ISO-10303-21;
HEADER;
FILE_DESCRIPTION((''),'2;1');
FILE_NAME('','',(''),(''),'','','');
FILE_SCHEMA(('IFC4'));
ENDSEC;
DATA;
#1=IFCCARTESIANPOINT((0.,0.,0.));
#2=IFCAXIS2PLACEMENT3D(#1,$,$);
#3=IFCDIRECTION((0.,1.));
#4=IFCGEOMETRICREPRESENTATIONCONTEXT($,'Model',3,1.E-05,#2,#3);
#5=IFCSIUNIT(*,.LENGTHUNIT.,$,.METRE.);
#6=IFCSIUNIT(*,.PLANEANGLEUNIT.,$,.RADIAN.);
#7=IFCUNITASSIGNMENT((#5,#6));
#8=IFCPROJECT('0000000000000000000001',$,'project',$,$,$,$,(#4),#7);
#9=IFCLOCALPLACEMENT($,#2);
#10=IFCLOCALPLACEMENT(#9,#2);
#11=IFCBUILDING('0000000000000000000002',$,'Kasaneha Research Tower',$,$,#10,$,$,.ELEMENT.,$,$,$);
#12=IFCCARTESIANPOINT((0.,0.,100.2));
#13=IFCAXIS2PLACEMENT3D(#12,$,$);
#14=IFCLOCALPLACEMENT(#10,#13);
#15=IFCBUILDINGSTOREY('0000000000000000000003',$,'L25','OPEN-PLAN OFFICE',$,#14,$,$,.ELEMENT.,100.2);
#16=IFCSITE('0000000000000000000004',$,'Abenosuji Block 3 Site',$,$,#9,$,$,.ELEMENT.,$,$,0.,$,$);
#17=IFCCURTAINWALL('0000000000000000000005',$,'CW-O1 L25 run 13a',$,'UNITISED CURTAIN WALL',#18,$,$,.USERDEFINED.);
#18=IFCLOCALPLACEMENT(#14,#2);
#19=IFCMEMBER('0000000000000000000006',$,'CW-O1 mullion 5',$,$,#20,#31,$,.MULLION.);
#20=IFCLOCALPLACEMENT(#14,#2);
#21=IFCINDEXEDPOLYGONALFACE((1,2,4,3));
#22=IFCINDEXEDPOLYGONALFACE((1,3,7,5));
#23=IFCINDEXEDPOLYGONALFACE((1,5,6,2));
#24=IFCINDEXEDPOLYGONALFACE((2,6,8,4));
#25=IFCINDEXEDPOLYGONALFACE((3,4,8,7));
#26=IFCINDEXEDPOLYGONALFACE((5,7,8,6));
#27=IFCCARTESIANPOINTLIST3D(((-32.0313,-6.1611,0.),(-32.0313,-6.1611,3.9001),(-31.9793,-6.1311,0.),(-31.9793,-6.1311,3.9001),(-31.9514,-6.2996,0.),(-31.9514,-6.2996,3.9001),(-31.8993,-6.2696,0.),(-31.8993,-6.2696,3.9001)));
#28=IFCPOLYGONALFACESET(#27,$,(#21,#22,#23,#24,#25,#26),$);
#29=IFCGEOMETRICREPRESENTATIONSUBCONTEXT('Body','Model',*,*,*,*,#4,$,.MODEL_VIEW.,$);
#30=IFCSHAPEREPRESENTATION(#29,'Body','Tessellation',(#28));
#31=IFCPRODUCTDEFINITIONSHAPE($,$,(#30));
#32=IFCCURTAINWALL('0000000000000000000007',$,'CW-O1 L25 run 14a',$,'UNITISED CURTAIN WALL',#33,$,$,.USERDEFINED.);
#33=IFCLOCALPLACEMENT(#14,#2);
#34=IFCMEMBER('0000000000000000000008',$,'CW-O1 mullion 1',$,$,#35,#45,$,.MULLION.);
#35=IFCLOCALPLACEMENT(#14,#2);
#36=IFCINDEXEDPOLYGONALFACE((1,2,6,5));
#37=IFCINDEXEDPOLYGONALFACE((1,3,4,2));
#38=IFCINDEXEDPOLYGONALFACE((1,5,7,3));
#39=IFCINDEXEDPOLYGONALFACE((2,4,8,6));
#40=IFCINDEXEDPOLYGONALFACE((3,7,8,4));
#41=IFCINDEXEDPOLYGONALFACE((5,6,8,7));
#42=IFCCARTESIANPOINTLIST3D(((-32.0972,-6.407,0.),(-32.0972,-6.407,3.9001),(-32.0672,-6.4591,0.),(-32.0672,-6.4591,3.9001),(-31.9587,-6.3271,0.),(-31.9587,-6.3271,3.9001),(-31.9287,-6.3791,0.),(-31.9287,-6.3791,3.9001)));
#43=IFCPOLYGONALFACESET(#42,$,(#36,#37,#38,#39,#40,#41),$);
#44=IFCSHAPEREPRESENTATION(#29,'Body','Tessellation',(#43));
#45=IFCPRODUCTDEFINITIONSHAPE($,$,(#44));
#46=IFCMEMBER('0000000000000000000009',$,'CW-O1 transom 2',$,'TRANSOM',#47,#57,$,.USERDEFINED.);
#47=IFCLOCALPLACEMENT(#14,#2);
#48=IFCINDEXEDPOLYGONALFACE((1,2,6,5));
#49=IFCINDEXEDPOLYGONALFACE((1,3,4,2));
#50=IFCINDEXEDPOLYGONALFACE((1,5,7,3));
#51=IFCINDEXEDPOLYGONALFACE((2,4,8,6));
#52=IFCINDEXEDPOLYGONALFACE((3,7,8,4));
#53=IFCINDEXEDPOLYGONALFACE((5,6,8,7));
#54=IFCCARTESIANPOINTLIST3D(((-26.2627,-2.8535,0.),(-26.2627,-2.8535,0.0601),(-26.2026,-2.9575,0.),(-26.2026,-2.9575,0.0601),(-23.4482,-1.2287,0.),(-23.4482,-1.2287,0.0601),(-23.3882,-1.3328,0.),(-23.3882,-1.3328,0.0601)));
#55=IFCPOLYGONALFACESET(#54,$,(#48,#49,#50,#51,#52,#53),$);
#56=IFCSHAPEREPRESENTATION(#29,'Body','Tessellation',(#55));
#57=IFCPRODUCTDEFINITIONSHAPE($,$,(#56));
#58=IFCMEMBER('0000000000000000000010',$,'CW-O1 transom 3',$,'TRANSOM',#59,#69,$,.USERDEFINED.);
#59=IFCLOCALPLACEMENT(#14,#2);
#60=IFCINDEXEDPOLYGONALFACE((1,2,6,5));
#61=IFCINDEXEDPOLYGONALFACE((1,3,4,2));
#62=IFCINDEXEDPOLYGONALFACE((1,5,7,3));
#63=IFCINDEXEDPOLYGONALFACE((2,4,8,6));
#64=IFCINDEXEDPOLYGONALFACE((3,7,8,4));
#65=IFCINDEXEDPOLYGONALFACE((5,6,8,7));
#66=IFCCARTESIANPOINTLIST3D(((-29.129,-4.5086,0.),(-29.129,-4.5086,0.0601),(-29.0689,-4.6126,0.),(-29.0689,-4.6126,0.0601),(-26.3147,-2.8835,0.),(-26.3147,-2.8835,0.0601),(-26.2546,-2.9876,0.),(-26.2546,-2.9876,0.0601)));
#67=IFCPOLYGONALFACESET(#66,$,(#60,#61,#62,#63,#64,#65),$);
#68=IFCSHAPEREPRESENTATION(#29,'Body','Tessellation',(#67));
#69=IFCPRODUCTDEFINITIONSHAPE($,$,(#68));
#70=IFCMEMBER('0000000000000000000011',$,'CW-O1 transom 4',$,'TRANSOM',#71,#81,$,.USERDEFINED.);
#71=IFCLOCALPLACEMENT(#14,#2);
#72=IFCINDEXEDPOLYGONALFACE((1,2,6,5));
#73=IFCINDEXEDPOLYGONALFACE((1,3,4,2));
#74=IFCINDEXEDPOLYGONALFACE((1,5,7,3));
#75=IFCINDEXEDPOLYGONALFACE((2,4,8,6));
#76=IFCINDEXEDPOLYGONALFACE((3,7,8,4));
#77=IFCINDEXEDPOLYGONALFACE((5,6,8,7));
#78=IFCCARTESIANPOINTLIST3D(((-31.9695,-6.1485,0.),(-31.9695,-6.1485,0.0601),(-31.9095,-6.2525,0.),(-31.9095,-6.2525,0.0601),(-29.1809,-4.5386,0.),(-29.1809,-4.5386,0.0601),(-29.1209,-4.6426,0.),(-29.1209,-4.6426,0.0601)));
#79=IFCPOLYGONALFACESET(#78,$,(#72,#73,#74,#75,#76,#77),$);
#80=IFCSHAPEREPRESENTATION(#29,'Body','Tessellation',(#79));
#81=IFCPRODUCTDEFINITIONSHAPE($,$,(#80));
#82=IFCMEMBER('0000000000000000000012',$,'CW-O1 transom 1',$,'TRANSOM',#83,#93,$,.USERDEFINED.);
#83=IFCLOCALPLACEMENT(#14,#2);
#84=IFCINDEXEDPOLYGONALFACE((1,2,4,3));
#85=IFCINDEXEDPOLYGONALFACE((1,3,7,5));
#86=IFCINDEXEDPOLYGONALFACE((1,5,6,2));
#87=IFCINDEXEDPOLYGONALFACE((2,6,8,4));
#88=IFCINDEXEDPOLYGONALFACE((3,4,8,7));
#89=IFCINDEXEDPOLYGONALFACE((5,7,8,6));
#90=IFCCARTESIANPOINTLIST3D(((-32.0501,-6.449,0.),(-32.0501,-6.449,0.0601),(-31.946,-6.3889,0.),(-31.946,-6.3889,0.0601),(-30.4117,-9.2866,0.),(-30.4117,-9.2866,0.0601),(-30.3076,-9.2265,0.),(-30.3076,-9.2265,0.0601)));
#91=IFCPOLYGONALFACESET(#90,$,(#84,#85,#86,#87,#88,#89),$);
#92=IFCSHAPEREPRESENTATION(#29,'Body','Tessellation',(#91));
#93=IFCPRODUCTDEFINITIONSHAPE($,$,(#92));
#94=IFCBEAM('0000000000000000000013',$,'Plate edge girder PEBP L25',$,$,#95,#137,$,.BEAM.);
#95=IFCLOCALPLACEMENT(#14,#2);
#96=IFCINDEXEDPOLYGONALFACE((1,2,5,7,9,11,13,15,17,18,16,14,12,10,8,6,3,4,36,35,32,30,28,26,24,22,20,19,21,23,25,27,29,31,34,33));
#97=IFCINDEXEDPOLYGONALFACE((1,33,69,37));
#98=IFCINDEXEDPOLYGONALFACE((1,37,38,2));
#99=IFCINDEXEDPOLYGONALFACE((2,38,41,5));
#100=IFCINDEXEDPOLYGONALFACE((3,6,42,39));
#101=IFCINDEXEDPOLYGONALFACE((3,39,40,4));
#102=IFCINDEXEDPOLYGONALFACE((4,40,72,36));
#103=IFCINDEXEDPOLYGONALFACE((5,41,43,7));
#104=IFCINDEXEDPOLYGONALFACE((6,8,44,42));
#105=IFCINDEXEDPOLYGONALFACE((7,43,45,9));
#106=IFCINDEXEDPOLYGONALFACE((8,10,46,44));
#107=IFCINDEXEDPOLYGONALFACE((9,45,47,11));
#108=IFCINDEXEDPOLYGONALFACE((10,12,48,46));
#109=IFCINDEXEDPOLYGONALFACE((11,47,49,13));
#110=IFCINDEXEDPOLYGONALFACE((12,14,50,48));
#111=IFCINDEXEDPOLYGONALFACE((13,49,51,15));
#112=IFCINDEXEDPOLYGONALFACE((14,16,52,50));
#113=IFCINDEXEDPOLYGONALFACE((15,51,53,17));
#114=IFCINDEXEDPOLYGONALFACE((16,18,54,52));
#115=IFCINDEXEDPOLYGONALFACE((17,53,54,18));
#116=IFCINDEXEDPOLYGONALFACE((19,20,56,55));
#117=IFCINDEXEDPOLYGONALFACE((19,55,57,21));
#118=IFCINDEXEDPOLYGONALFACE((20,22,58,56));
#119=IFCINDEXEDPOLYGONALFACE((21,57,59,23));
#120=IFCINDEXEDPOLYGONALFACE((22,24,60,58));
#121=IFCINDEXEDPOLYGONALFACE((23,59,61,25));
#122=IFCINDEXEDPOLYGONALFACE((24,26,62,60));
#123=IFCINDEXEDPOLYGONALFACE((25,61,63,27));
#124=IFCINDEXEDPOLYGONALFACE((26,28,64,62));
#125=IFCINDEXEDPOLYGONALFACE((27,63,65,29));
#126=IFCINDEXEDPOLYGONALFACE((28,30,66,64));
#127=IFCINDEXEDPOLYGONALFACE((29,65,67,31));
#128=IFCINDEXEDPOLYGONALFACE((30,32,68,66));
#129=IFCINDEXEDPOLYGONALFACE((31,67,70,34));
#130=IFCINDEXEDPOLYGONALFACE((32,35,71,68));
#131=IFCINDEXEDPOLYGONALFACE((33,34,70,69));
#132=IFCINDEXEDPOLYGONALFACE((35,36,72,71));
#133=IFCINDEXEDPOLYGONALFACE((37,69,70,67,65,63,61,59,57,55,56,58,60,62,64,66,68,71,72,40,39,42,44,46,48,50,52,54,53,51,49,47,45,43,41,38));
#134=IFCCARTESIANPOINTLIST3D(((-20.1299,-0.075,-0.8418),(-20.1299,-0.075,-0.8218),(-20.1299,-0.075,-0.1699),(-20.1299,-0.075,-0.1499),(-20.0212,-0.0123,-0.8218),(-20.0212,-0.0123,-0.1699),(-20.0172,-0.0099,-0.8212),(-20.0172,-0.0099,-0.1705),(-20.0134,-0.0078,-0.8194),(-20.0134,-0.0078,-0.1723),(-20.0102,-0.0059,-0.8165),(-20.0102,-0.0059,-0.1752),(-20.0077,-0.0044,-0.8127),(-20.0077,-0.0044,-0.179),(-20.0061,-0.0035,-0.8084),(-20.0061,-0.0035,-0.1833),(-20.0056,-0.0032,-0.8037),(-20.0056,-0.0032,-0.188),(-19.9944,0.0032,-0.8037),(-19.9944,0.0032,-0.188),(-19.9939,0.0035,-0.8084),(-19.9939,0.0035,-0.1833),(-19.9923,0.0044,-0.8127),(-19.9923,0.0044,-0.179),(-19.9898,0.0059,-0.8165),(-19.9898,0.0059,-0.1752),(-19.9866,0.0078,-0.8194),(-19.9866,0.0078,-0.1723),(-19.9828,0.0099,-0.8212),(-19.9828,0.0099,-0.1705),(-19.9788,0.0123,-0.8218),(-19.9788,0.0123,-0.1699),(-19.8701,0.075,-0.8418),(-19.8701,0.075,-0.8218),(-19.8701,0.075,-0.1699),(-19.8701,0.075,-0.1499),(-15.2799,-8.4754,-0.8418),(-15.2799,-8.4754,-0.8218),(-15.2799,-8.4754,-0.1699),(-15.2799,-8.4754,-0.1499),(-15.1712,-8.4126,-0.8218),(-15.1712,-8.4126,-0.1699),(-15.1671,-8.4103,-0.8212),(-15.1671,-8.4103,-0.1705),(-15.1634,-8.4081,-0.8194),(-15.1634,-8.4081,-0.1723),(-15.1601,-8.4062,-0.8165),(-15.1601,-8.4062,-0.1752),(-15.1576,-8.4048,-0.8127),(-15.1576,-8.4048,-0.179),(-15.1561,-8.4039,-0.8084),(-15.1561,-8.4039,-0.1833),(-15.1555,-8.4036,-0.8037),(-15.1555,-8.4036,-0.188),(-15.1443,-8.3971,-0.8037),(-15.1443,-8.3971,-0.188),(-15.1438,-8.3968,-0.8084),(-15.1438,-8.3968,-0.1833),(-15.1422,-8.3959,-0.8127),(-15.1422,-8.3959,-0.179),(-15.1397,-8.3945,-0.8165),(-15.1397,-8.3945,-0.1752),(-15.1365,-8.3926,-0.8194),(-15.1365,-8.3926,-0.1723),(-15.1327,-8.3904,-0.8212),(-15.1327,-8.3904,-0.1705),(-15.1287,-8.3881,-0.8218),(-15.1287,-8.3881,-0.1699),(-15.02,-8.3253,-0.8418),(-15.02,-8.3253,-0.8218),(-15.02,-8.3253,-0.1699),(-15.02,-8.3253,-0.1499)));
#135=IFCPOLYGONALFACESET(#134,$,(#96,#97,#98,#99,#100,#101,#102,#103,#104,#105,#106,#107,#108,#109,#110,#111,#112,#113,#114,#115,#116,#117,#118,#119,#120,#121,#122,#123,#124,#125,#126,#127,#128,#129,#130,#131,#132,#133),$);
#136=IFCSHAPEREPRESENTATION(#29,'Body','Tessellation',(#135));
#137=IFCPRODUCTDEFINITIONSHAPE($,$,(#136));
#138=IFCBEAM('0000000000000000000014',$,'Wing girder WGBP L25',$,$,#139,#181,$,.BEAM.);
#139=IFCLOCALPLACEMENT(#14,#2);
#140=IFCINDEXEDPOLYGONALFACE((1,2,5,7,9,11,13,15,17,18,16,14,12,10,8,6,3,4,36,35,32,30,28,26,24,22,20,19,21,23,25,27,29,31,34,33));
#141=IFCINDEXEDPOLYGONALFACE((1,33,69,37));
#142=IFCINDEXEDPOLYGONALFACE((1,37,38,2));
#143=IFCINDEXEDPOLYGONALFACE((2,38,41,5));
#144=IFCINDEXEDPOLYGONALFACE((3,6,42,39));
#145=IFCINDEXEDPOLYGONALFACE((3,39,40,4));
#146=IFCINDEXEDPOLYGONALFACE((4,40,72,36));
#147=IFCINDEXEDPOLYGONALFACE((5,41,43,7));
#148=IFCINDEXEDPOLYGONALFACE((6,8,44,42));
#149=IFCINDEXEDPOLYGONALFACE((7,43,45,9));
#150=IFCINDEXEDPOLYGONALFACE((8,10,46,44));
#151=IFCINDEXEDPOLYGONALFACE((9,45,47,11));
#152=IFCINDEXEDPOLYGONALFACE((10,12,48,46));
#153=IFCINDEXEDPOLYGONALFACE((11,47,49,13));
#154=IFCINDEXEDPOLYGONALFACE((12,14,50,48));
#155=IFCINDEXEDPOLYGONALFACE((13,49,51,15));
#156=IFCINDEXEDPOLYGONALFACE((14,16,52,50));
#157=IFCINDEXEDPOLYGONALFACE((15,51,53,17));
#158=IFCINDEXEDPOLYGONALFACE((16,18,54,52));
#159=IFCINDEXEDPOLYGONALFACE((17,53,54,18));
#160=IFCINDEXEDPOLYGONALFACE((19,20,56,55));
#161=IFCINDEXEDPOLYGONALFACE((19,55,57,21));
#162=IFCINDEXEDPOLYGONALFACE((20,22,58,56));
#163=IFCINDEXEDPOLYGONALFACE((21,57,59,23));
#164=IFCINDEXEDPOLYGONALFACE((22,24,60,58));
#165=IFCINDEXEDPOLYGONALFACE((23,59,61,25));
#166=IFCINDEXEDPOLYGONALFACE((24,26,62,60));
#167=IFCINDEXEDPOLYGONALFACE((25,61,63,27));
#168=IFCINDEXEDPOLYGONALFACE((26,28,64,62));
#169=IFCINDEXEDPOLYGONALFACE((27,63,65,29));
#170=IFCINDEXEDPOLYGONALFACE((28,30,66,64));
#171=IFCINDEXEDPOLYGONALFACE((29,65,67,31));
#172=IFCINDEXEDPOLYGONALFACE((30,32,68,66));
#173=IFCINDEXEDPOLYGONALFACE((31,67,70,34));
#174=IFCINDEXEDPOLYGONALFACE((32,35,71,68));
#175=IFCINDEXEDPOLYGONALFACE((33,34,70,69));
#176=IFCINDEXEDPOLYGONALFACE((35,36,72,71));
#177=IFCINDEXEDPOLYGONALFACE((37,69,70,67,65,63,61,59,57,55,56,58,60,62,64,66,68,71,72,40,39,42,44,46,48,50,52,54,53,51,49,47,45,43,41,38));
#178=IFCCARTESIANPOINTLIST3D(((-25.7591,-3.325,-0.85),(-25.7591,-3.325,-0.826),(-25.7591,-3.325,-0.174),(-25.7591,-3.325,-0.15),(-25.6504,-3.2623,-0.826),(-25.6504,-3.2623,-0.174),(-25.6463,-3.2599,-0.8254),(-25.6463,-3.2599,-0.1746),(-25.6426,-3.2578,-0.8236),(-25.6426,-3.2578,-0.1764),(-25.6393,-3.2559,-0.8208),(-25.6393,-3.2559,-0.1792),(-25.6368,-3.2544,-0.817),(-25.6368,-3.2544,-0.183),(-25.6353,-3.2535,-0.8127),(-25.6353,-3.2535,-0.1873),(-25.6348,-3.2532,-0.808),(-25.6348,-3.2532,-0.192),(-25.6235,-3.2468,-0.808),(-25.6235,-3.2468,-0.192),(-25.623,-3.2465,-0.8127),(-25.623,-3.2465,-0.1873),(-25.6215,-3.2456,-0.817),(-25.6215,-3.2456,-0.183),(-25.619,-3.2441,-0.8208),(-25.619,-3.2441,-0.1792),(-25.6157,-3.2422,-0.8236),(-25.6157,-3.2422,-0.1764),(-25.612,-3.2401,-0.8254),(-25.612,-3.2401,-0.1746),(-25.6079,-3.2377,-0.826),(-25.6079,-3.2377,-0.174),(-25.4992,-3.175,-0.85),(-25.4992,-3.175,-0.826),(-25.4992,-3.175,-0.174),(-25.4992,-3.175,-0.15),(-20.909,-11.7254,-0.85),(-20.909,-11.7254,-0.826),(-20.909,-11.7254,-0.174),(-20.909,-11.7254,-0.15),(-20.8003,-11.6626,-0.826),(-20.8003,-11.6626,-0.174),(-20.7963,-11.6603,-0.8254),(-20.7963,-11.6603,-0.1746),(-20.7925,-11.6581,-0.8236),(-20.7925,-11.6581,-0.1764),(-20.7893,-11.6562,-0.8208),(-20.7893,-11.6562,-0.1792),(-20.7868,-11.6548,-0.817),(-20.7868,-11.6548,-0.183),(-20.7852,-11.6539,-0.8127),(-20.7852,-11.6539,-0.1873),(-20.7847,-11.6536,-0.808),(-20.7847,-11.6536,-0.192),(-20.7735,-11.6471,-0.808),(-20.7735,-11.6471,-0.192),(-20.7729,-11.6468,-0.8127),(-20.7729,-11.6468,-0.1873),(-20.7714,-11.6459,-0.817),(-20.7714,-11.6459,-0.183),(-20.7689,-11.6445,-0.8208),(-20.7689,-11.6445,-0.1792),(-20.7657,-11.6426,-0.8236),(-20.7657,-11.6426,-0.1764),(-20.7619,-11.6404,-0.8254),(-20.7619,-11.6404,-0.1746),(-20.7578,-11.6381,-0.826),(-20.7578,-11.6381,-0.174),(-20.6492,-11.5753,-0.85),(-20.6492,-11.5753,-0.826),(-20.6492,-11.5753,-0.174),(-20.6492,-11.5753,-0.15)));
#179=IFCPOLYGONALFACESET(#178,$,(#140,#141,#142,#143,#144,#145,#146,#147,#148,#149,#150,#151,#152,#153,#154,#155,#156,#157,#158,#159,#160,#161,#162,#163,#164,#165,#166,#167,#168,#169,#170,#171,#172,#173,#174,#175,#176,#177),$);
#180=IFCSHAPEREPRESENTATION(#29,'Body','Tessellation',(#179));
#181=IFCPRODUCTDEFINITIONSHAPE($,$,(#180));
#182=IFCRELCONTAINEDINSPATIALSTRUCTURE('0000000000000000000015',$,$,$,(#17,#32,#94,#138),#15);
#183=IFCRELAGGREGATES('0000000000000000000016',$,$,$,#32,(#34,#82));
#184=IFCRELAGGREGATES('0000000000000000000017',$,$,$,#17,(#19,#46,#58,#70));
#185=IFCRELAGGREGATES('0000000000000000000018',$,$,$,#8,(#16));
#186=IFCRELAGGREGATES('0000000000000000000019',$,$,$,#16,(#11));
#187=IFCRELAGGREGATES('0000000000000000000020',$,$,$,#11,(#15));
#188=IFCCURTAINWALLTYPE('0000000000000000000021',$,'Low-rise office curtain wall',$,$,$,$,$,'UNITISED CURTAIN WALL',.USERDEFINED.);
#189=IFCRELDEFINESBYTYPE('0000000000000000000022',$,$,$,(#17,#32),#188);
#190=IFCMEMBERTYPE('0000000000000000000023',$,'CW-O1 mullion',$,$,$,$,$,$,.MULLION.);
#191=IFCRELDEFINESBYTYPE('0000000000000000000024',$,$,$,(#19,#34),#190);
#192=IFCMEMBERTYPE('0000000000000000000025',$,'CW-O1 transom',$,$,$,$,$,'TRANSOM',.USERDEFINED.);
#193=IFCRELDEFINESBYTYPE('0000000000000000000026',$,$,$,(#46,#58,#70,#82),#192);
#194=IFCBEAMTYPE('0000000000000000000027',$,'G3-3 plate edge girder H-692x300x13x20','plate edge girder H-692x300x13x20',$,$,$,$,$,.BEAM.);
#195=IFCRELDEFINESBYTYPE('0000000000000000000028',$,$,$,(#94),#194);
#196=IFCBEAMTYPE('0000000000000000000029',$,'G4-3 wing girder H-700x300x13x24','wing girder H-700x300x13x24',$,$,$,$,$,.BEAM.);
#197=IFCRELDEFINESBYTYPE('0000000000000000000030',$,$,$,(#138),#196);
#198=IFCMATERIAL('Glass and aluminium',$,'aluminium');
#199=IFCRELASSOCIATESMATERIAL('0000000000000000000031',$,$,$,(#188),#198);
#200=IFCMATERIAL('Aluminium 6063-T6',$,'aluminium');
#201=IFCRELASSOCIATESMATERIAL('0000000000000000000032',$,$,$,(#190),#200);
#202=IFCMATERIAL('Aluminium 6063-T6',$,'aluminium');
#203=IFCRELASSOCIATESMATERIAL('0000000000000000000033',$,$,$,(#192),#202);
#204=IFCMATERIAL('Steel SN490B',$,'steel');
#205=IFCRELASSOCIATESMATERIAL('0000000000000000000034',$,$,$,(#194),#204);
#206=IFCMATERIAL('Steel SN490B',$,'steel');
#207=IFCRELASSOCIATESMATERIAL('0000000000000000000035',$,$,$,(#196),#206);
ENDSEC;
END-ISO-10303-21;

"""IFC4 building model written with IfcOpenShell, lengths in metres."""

from ifc_helpers import new_model, si_unit, direction, frame, origin, origin_2d, place, context, subcontext, project, spatial, rectangle, i_section, extrude, material, material_profile, profile_set, type_object, element, aggregate, save


model = new_model("IFC4")

# Units and contexts
model_context = context("Model", 3, precision=1e-05, world=origin(), true_north=direction((0.0, 1.0)))
body_context = subcontext(model_context, "Body", "Model", "MODEL_VIEW")
ifc_project = project(units=[si_unit("LENGTHUNIT", "METRE"), si_unit("PLANEANGLEUNIT", "RADIAN")], contexts=[model_context])

# Site, building, storey
site_placement = place(None, origin())
site = spatial("IfcSite", under=ifc_project, at=site_placement, Name="Abenosuji Block 3 Site", CompositionType="ELEMENT", RefElevation=0.0)
building_placement = place(site_placement, origin())
building = spatial("IfcBuilding", under=site, at=building_placement, Name="Kasaneha Research Tower", CompositionType="ELEMENT")
storey_placement = place(building_placement, frame((0.0, 0.0, 100.2)))
storey = spatial("IfcBuildingStorey", under=building, at=storey_placement, Name="L25", Description="OPEN-PLAN OFFICE", CompositionType="ELEMENT", Elevation=100.2)

# Curtain wall, member
ifc_material_1 = material(Name="Glass and aluminium", Category="aluminium")
curtain_wall_type = type_object("IfcCurtainWallType", Name="Low-rise office curtain wall", ElementType="UNITISED CURTAIN WALL", PredefinedType="USERDEFINED", material=ifc_material_1)
curtain_wall_1_placement = place(storey_placement, origin())
curtain_wall_1 = element("IfcCurtainWall", 1, at=curtain_wall_1_placement, inside=storey, type_object=curtain_wall_type, Name="CW-O1 L25 run 13a", ObjectType="UNITISED CURTAIN WALL", PredefinedType="USERDEFINED")
ifc_material_2 = material(Name="Aluminium 6063-T6", Category="aluminium")
ifc_material_profile_1 = material_profile(ifc_material_2, rectangle(XDim=0.0601, YDim=0.1599, at=origin_2d()), Name="CW-O1 mullion 60x160")
ifc_profile_set_1 = profile_set([ifc_material_profile_1], Name="Aluminium 6063-T6")
member_type_1 = type_object("IfcMemberType", Name="CW-O1 mullion", PredefinedType="MULLION", material=ifc_profile_set_1)
member_1_placement = place(storey_placement, frame((-31.9653, -6.2153, 0.0), z_axis=(0.0, 0.0, 1.0), x_axis=(-0.866025, -0.5, 0.0)))
member_1 = element("IfcMember", 2, at=member_1_placement, type_object=member_type_1, Name="CW-O1 mullion 5", PredefinedType="MULLION", context=body_context, shape_type="SweptSolid", body=[
    extrude(rectangle(XDim=0.0601, YDim=0.1599, at=origin_2d()), origin(), (0.0, 0.0, 1.0), 3.9001),
])

# Curtain wall, member
curtain_wall_2_placement = place(storey_placement, origin())
curtain_wall_2 = element("IfcCurtainWall", 3, at=curtain_wall_2_placement, inside=storey, type_object=curtain_wall_type, Name="CW-O1 L25 run 14a", ObjectType="UNITISED CURTAIN WALL", PredefinedType="USERDEFINED")
member_2_placement = place(storey_placement, frame((-32.0129, -6.3931, 0.0), z_axis=(0.0, 0.0, 1.0), x_axis=(0.5, -0.866025, 0.0)))
member_2 = element("IfcMember", 4, at=member_2_placement, type_object=member_type_1, Name="CW-O1 mullion 1", PredefinedType="MULLION", context=body_context, shape_type="SweptSolid", body=[
    extrude(rectangle(XDim=0.0601, YDim=0.1599, at=origin_2d()), origin(), (0.0, 0.0, 1.0), 3.9001),
])

# Members
ifc_material_3 = material(Name="Aluminium 6063-T6", Category="aluminium")
ifc_material_profile_2 = material_profile(ifc_material_3, rectangle(XDim=0.1201, YDim=0.0601, at=origin_2d()), Name="CW-O1 transom 120x60")
ifc_profile_set_2 = profile_set([ifc_material_profile_2], Name="Aluminium 6063-T6")
member_type_2 = type_object("IfcMemberType", Name="CW-O1 transom", ElementType="TRANSOM", PredefinedType="USERDEFINED", material=ifc_profile_set_2)
member_3_placement = place(storey_placement, frame((-23.4182, -1.2808, 0.03), z_axis=(-0.866048, -0.499961, 0.0), x_axis=(0.499961, -0.866048, 0.0)))
member_3 = element("IfcMember", 5, at=member_3_placement, type_object=member_type_2, Name="CW-O1 transom 2", ObjectType="TRANSOM", PredefinedType="USERDEFINED", context=body_context, shape_type="SweptSolid", body=[
    extrude(rectangle(XDim=0.1201, YDim=0.0601, at=origin_2d()), origin(), (0.0, 0.0, 1.0), 3.2498),
])
member_4_placement = place(storey_placement, frame((-26.2847, -2.9355, 0.03), z_axis=(-0.865997, -0.50005, 0.0), x_axis=(0.50005, -0.865997, 0.0)))
member_4 = element("IfcMember", 6, at=member_4_placement, type_object=member_type_2, Name="CW-O1 transom 3", ObjectType="TRANSOM", PredefinedType="USERDEFINED", context=body_context, shape_type="SweptSolid", body=[
    extrude(rectangle(XDim=0.1201, YDim=0.0601, at=origin_2d()), origin(), (0.0, 0.0, 1.0), 3.2498),
])
member_5_placement = place(storey_placement, frame((-29.1509, -4.5906, 0.03), z_axis=(-0.866042, -0.499972, 0.0), x_axis=(0.499972, -0.866042, 0.0)))
member_5 = element("IfcMember", 7, at=member_5_placement, type_object=member_type_2, Name="CW-O1 transom 4", ObjectType="TRANSOM", PredefinedType="USERDEFINED", context=body_context, shape_type="SweptSolid", body=[
    extrude(rectangle(XDim=0.1201, YDim=0.0601, at=origin_2d()), origin(), (0.0, 0.0, 1.0), 3.22),
])
member_6_placement = place(storey_placement, frame((-31.998, -6.4189, 0.03), z_axis=(0.500026, -0.866011, 0.0), x_axis=(0.866011, 0.500026, 0.0)))
member_6 = element("IfcMember", 8, at=member_6_placement, type_object=member_type_2, Name="CW-O1 transom 1", ObjectType="TRANSOM", PredefinedType="USERDEFINED", context=body_context, shape_type="SweptSolid", body=[
    extrude(rectangle(XDim=0.1201, YDim=0.0601, at=origin_2d()), origin(), (0.0, 0.0, 1.0), 3.2766),
])
aggregate(curtain_wall_2, [member_2, member_6])

# Beams
ifc_material_4 = material(Name="Steel SN490B", Category="steel")
ifc_material_profile_3 = material_profile(ifc_material_4, i_section(OverallWidth=0.3, OverallDepth=0.6919, WebThickness=0.0129, FlangeThickness=0.02, FilletRadius=0.0181, at=origin_2d()), Name="H-692x300x13x20")
ifc_profile_set_3 = profile_set([ifc_material_profile_3], Name="Steel SN490B")
beam_type_1 = type_object("IfcBeamType", Name="G3-3 plate edge girder H-692x300x13x20", Description="plate edge girder H-692x300x13x20", PredefinedType="BEAM", material=ifc_profile_set_3)
beam_1_placement = place(storey_placement, frame((-20.0, 0.0, -0.4958), z_axis=(0.50001, -0.86602, 0.0), x_axis=(0.86602, 0.50001, 0.0)))
element("IfcBeam", 9, at=beam_1_placement, inside=storey, type_object=beam_type_1, Name="Plate edge girder PEBP L25", PredefinedType="BEAM", context=body_context, shape_type="SweptSolid", body=[
    extrude(i_section(OverallWidth=0.3, OverallDepth=0.6919, WebThickness=0.0129, FlangeThickness=0.02, FilletRadius=0.0181, at=origin_2d()), origin(), (0.0, 0.0, 1.0), 9.7),
])
ifc_material_5 = material(Name="Steel SN490B", Category="steel")
ifc_material_profile_4 = material_profile(ifc_material_5, i_section(OverallWidth=0.3, OverallDepth=0.7, WebThickness=0.0129, FlangeThickness=0.0239, FilletRadius=0.0181, at=origin_2d()), Name="H-700x300x13x24")
ifc_profile_set_4 = profile_set([ifc_material_profile_4], Name="Steel SN490B")
beam_type_2 = type_object("IfcBeamType", Name="G4-3 wing girder H-700x300x13x24", Description="wing girder H-700x300x13x24", PredefinedType="BEAM", material=ifc_profile_set_4)
beam_2_placement = place(storey_placement, frame((-25.6292, -3.25, -0.5), z_axis=(0.50001, -0.86602, 0.0), x_axis=(0.86602, 0.50001, 0.0)))
element("IfcBeam", 10, at=beam_2_placement, inside=storey, type_object=beam_type_2, Name="Wing girder WGBP L25", PredefinedType="BEAM", context=body_context, shape_type="SweptSolid", body=[
    extrude(i_section(OverallWidth=0.3, OverallDepth=0.7, WebThickness=0.0129, FlangeThickness=0.0239, FilletRadius=0.0181, at=origin_2d()), origin(), (0.0, 0.0, 1.0), 9.7),
])

aggregate(curtain_wall_1, [member_1, member_3, member_4, member_5])

save(model, "model.ifc")
